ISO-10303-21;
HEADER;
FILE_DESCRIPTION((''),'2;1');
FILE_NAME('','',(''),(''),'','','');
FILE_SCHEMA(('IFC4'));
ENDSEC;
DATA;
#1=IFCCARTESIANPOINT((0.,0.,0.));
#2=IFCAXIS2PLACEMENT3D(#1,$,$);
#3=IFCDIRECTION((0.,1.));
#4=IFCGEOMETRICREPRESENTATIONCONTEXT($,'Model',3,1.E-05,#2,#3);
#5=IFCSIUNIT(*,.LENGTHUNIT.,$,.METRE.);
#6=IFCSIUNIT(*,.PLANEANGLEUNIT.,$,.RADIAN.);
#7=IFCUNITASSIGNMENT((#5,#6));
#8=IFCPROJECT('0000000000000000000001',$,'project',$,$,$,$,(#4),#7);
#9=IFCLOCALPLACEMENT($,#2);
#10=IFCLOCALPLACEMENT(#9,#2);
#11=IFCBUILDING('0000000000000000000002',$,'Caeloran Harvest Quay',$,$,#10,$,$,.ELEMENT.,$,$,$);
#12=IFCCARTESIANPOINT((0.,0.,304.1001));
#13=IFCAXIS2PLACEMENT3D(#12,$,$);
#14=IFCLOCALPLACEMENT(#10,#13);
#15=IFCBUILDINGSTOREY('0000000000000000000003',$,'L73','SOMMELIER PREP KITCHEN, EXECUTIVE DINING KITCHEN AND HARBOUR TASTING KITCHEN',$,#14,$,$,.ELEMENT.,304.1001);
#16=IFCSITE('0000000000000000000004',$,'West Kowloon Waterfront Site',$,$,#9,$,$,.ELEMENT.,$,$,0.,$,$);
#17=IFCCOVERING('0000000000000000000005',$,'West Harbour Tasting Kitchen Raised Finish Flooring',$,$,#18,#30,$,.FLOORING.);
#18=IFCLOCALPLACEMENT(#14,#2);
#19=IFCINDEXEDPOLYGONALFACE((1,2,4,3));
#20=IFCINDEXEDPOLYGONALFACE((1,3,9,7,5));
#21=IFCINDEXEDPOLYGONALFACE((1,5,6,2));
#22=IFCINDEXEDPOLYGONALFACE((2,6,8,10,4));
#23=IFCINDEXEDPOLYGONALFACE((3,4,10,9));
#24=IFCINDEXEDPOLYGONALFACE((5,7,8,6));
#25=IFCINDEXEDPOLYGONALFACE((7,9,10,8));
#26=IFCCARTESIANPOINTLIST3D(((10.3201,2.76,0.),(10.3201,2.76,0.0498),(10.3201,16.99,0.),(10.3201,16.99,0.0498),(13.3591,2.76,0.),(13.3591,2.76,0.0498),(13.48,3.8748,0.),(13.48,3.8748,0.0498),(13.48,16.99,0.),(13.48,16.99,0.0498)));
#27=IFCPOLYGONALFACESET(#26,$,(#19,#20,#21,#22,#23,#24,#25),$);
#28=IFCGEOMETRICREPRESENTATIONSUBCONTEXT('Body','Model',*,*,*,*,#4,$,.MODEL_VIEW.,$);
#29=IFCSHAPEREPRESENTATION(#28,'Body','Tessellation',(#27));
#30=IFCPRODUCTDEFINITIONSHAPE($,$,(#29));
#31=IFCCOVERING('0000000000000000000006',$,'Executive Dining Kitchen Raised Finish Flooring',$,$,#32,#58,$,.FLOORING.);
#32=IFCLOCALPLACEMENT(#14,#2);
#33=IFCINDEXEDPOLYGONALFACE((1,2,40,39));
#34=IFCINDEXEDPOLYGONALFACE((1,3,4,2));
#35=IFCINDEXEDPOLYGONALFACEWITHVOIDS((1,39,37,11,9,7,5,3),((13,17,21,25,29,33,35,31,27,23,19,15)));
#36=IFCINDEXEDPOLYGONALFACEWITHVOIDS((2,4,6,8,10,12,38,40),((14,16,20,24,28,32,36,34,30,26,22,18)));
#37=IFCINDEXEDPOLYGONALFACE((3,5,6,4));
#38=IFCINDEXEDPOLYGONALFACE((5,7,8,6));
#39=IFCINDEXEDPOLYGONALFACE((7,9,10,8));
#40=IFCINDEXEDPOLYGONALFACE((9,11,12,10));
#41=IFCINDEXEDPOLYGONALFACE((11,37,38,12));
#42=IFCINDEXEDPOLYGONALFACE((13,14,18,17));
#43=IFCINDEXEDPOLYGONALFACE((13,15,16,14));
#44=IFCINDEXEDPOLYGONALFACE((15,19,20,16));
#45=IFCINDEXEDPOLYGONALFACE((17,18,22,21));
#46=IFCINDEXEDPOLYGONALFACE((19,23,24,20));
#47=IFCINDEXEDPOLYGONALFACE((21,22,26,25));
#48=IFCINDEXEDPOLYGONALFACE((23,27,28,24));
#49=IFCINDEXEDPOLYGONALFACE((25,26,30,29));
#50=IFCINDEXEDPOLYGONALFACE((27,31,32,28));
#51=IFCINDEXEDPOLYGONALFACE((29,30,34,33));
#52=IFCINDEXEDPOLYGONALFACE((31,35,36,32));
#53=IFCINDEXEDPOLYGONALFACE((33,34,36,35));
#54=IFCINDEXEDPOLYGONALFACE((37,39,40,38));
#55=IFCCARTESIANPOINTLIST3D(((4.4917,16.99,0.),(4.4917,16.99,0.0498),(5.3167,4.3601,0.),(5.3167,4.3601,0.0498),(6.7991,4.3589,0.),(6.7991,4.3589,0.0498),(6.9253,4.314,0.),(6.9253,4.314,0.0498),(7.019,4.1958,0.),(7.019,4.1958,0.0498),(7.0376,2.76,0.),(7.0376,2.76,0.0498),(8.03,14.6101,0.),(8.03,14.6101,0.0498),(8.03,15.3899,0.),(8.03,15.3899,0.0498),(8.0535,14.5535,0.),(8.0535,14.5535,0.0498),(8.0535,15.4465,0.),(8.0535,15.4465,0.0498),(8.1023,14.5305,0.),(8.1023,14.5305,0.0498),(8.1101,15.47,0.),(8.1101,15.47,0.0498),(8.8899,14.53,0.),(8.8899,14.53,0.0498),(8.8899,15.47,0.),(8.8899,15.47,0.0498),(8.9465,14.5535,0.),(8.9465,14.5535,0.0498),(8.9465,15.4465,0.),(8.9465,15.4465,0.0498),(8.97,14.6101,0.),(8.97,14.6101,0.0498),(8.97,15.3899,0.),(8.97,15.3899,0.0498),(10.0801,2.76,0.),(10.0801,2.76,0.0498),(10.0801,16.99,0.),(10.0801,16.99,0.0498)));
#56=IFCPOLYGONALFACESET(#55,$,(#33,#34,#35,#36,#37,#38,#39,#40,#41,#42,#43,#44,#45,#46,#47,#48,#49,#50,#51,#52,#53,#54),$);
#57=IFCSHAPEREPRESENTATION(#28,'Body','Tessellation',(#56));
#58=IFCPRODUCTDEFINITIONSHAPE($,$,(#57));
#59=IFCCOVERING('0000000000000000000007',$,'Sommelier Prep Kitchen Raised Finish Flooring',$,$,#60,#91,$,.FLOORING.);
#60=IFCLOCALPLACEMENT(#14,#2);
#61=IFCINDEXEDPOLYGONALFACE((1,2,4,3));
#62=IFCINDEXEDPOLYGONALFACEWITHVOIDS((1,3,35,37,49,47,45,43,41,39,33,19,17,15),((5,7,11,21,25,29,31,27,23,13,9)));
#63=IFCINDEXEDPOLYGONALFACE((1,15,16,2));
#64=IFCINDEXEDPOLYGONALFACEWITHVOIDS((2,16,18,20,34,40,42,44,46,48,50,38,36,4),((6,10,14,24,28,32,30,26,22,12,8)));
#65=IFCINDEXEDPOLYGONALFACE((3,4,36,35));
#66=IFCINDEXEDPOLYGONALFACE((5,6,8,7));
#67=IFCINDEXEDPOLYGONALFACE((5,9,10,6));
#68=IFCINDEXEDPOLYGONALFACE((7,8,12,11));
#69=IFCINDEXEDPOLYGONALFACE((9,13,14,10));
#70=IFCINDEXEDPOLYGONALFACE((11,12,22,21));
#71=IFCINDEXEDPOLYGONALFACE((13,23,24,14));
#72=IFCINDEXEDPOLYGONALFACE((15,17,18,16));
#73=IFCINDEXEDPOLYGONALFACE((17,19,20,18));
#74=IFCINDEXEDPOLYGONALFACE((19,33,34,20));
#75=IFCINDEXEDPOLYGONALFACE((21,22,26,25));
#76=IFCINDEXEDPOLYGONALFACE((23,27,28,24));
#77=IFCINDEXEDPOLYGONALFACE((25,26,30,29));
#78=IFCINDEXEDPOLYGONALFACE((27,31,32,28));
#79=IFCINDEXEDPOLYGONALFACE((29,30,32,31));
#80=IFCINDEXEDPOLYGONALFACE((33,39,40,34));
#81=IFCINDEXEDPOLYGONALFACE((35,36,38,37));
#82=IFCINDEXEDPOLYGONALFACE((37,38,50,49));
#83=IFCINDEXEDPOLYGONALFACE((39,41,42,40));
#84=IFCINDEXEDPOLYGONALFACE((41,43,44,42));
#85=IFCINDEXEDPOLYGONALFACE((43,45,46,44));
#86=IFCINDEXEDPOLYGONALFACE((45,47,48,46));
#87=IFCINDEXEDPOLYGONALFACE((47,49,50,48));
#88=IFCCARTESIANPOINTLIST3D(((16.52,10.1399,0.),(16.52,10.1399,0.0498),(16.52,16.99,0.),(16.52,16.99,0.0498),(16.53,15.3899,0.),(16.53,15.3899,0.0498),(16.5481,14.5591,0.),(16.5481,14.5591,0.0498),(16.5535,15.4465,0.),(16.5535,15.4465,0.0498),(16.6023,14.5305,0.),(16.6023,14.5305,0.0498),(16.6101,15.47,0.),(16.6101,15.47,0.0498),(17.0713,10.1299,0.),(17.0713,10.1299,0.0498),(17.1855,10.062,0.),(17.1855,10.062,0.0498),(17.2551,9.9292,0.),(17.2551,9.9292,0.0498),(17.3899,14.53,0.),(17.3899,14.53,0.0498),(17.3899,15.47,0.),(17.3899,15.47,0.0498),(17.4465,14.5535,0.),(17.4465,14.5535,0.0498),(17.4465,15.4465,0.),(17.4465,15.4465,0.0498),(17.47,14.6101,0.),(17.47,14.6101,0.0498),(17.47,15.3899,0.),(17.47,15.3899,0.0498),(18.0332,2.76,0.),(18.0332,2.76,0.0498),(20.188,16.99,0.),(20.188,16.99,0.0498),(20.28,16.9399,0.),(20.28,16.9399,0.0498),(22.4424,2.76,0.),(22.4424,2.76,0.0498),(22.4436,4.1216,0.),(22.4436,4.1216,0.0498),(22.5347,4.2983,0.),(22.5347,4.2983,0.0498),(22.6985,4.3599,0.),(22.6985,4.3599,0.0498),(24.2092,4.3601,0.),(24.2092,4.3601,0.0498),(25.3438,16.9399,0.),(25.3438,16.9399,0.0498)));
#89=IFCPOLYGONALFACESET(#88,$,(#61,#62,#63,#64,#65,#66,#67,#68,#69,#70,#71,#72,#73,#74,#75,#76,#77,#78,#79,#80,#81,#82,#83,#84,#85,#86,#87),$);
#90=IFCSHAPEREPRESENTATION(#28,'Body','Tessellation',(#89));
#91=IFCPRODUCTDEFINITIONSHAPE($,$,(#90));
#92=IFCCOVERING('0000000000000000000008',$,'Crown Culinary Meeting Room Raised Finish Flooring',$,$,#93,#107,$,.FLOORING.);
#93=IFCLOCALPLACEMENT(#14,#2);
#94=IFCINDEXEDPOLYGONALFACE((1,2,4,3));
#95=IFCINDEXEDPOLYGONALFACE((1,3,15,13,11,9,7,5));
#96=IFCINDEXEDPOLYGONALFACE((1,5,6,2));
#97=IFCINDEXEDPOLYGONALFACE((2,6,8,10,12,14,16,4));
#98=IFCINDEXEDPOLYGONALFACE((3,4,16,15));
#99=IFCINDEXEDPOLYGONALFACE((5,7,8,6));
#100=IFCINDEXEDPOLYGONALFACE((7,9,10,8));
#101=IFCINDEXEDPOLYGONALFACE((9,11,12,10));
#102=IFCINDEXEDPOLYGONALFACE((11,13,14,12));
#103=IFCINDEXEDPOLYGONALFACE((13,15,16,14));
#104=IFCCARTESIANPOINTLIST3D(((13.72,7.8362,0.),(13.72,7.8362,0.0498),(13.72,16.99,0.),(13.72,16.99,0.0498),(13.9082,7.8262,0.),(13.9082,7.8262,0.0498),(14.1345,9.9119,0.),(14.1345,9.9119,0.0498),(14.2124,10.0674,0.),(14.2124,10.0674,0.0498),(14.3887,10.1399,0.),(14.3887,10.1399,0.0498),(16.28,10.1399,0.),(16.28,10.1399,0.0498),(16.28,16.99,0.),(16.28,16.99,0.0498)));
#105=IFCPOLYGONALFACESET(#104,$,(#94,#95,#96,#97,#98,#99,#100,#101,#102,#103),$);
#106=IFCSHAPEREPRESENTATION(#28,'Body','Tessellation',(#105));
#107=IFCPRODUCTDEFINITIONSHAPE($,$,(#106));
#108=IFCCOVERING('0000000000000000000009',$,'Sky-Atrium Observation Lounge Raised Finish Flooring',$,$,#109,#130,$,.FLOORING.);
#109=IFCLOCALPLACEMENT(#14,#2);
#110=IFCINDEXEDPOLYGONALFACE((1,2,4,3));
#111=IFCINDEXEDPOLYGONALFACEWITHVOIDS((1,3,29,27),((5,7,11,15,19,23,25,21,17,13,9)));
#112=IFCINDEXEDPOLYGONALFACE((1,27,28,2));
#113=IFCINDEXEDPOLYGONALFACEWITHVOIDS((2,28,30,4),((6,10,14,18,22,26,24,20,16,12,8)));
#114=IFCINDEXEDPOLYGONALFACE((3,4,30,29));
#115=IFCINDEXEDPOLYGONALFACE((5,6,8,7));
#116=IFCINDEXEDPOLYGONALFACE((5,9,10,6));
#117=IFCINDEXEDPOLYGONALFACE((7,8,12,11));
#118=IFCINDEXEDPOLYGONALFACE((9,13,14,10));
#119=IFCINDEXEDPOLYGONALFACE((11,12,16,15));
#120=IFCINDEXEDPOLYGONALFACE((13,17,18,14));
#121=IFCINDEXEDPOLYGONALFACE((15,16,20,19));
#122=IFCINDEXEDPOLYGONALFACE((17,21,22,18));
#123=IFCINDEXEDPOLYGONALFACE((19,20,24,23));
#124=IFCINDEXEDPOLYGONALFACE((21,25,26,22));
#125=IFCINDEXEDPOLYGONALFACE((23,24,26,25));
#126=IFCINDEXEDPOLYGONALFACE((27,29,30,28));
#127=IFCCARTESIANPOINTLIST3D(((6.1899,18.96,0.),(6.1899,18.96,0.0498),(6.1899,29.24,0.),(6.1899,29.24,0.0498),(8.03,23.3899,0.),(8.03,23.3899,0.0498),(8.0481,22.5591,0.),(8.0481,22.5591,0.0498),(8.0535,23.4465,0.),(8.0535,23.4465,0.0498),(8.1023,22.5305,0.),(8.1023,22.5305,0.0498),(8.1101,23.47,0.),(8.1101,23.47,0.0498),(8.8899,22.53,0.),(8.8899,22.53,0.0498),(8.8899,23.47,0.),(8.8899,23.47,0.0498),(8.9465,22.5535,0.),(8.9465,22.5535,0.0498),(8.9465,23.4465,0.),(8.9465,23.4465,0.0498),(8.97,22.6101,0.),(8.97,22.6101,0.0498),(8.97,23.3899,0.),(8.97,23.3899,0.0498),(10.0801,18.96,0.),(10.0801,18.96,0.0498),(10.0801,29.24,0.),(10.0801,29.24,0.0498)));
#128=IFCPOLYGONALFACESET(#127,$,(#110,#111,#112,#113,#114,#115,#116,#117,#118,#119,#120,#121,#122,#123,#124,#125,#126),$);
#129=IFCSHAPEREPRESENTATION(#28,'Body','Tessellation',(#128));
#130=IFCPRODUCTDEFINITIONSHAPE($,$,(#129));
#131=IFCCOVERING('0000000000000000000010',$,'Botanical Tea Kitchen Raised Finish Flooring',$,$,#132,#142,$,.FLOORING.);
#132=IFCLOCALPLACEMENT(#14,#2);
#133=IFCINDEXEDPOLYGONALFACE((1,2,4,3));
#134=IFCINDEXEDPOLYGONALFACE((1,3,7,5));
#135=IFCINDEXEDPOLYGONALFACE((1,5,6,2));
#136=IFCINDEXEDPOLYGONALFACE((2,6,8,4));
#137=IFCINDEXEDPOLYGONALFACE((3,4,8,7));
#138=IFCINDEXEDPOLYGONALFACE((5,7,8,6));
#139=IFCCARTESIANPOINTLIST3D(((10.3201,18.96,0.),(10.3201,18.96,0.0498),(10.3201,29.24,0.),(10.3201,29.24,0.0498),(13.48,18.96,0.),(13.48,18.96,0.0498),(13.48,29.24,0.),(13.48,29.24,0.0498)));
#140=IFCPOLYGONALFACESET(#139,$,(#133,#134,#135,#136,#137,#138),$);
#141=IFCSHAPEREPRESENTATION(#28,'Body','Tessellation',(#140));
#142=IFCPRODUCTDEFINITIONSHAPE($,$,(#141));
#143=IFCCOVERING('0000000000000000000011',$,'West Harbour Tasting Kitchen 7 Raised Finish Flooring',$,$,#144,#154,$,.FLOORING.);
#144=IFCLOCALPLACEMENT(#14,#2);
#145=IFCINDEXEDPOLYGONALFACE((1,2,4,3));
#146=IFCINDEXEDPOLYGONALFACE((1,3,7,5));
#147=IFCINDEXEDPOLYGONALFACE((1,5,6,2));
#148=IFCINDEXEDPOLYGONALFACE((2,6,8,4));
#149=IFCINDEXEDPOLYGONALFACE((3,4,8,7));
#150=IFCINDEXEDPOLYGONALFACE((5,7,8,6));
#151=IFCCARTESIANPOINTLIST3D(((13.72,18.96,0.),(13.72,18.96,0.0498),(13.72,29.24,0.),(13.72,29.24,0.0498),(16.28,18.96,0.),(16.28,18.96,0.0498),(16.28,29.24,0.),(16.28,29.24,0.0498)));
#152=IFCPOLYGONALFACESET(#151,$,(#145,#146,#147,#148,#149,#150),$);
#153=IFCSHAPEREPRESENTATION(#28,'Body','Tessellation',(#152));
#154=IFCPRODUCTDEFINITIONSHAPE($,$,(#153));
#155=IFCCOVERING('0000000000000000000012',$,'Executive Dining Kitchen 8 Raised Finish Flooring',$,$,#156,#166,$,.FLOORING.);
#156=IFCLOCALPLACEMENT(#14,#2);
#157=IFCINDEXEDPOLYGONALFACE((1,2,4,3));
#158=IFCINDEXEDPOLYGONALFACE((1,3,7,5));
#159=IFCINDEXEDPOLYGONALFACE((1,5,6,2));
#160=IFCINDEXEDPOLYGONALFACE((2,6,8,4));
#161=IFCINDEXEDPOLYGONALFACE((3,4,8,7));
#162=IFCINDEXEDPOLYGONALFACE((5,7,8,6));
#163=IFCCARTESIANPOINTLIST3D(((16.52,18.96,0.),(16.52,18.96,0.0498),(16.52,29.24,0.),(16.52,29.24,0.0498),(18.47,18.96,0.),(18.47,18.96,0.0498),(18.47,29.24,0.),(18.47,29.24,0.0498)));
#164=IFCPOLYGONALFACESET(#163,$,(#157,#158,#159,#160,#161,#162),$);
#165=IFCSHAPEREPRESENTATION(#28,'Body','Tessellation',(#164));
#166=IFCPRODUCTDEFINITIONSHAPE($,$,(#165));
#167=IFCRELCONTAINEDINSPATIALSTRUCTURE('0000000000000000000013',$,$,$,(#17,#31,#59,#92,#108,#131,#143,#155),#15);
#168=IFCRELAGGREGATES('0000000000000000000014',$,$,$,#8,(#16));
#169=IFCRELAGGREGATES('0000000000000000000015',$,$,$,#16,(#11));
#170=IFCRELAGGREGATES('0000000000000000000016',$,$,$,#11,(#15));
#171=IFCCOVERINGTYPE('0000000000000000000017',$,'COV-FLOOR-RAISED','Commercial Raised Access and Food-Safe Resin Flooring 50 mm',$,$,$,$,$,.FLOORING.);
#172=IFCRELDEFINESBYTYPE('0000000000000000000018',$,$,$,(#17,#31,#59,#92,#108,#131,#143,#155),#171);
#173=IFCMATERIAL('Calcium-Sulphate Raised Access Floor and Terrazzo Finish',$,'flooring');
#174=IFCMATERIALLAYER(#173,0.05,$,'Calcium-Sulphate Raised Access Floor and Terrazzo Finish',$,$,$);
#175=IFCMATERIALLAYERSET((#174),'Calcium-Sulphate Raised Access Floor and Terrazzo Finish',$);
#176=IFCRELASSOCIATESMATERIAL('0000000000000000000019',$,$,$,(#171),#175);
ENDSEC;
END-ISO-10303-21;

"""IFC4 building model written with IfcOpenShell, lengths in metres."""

from ifc_helpers import new_model, si_unit, direction, frame, origin, place, context, subcontext, project, spatial, polyline, outline, extrude, material, layer, layer_set, type_object, element, save


model = new_model("IFC4")

# Units and contexts
model_context = context("Model", 3, precision=1e-05, world=origin(), true_north=direction((0.0, 1.0)))
body_context = subcontext(model_context, "Body", "Model", "MODEL_VIEW")
ifc_project = project(units=[si_unit("LENGTHUNIT", "METRE"), si_unit("PLANEANGLEUNIT", "RADIAN")], contexts=[model_context])

# Site, building, storey
site_placement = place(None, origin())
site = spatial("IfcSite", under=ifc_project, at=site_placement, Name="West Kowloon Waterfront Site", CompositionType="ELEMENT", RefElevation=0.0)
building_placement = place(site_placement, origin())
building = spatial("IfcBuilding", under=site, at=building_placement, Name="Caeloran Harvest Quay", CompositionType="ELEMENT")
storey_placement = place(building_placement, frame((0.0, 0.0, 304.1001)))
storey = spatial("IfcBuildingStorey", under=building, at=storey_placement, Name="L73", Description="SOMMELIER PREP KITCHEN, EXECUTIVE DINING KITCHEN AND HARBOUR TASTING KITCHEN", CompositionType="ELEMENT", Elevation=304.1001)

# Coverings
ifc_material_1 = material(Name="Calcium-Sulphate Raised Access Floor and Terrazzo Finish", Category="flooring")
ifc_layer_1 = layer(ifc_material_1, 0.05, Name="Calcium-Sulphate Raised Access Floor and Terrazzo Finish")
ifc_layer_set_1 = layer_set([ifc_layer_1], Name="Calcium-Sulphate Raised Access Floor and Terrazzo Finish")
covering_type_1 = type_object("IfcCoveringType", Name="COV-FLOOR-RAISED", Description="Commercial Raised Access and Food-Safe Resin Flooring 50 mm", PredefinedType="FLOORING", material=ifc_layer_set_1)
covering_1_placement = place(storey_placement, origin())
element("IfcCovering", 1, at=covering_1_placement, inside=storey, type_object=covering_type_1, Name="West Harbour Tasting Kitchen Raised Finish Flooring", PredefinedType="FLOORING", context=body_context, shape_type="SweptSolid", body=[
    extrude(outline(polyline([(10.3201, 2.76), (10.3201, 16.99), (13.48, 16.99), (13.48, 3.8748), (13.3591, 2.76), (10.3201, 2.76)])), origin(), (0.0, 0.0, 1.0), 0.0498),
])
covering_2_placement = place(storey_placement, origin())
element("IfcCovering", 2, at=covering_2_placement, inside=storey, type_object=covering_type_1, Name="Executive Dining Kitchen Raised Finish Flooring", PredefinedType="FLOORING", context=body_context, shape_type="SweptSolid", body=[
    extrude(outline(polyline([(7.019, 4.1958), (6.9253, 4.314), (6.7991, 4.3589), (5.3167, 4.3601), (4.4917, 16.99), (10.0801, 16.99), (10.0801, 2.76), (7.0376, 2.76), (7.019, 4.1958)]), holes=[polyline([(8.03, 14.6101), (8.0535, 14.5535), (8.1023, 14.5305), (8.8899, 14.53), (8.9465, 14.5535), (8.97, 14.6101), (8.97, 15.3899), (8.9465, 15.4465), (8.8899, 15.47), (8.1101, 15.47), (8.0535, 15.4465), (8.03, 15.3899), (8.03, 14.6101)])]), origin(), (0.0, 0.0, 1.0), 0.0498),
])
covering_3_placement = place(storey_placement, origin())
element("IfcCovering", 3, at=covering_3_placement, inside=storey, type_object=covering_type_1, Name="Sommelier Prep Kitchen Raised Finish Flooring", PredefinedType="FLOORING", context=body_context, shape_type="SweptSolid", body=[
    extrude(outline(polyline([(20.188, 16.99), (20.28, 16.9399), (25.3438, 16.9399), (24.2092, 4.3601), (22.6985, 4.3599), (22.5347, 4.2983), (22.4436, 4.1216), (22.4424, 2.76), (18.0332, 2.76), (17.2551, 9.9292), (17.1855, 10.062), (17.0713, 10.1299), (16.52, 10.1399), (16.52, 16.99), (20.188, 16.99)]), holes=[polyline([(16.53, 15.3899), (16.5481, 14.5591), (16.6023, 14.5305), (17.3899, 14.53), (17.4465, 14.5535), (17.47, 14.6101), (17.47, 15.3899), (17.4465, 15.4465), (17.3899, 15.47), (16.6101, 15.47), (16.5535, 15.4465), (16.53, 15.3899)])]), origin(), (0.0, 0.0, 1.0), 0.0498),
])
covering_4_placement = place(storey_placement, origin())
element("IfcCovering", 4, at=covering_4_placement, inside=storey, type_object=covering_type_1, Name="Crown Culinary Meeting Room Raised Finish Flooring", PredefinedType="FLOORING", context=body_context, shape_type="SweptSolid", body=[
    extrude(outline(polyline([(16.28, 16.99), (16.28, 10.1399), (14.3887, 10.1399), (14.2124, 10.0674), (14.1345, 9.9119), (13.9082, 7.8262), (13.72, 7.8362), (13.72, 16.99), (16.28, 16.99)])), origin(), (0.0, 0.0, 1.0), 0.0498),
])
covering_5_placement = place(storey_placement, origin())
element("IfcCovering", 5, at=covering_5_placement, inside=storey, type_object=covering_type_1, Name="Sky-Atrium Observation Lounge Raised Finish Flooring", PredefinedType="FLOORING", context=body_context, shape_type="SweptSolid", body=[
    extrude(outline(polyline([(6.1899, 29.24), (10.0801, 29.24), (10.0801, 18.96), (6.1899, 18.96), (6.1899, 29.24)]), holes=[polyline([(8.03, 23.3899), (8.0481, 22.5591), (8.1023, 22.5305), (8.8899, 22.53), (8.9465, 22.5535), (8.97, 22.6101), (8.97, 23.3899), (8.9465, 23.4465), (8.8899, 23.47), (8.1101, 23.47), (8.0535, 23.4465), (8.03, 23.3899)])]), origin(), (0.0, 0.0, 1.0), 0.0498),
])
covering_6_placement = place(storey_placement, origin())
element("IfcCovering", 6, at=covering_6_placement, inside=storey, type_object=covering_type_1, Name="Botanical Tea Kitchen Raised Finish Flooring", PredefinedType="FLOORING", context=body_context, shape_type="SweptSolid", body=[
    extrude(outline(polyline([(10.3201, 29.24), (13.48, 29.24), (13.48, 18.96), (10.3201, 18.96), (10.3201, 29.24)])), origin(), (0.0, 0.0, 1.0), 0.0498),
])
covering_7_placement = place(storey_placement, origin())
element("IfcCovering", 7, at=covering_7_placement, inside=storey, type_object=covering_type_1, Name="West Harbour Tasting Kitchen 7 Raised Finish Flooring", PredefinedType="FLOORING", context=body_context, shape_type="SweptSolid", body=[
    extrude(outline(polyline([(13.72, 29.24), (16.28, 29.24), (16.28, 18.96), (13.72, 18.96), (13.72, 29.24)])), origin(), (0.0, 0.0, 1.0), 0.0498),
])
covering_8_placement = place(storey_placement, origin())
element("IfcCovering", 8, at=covering_8_placement, inside=storey, type_object=covering_type_1, Name="Executive Dining Kitchen 8 Raised Finish Flooring", PredefinedType="FLOORING", context=body_context, shape_type="SweptSolid", body=[
    extrude(outline(polyline([(16.52, 29.24), (18.47, 29.24), (18.47, 18.96), (16.52, 18.96), (16.52, 29.24)])), origin(), (0.0, 0.0, 1.0), 0.0498),
])

save(model, "model.ifc")
